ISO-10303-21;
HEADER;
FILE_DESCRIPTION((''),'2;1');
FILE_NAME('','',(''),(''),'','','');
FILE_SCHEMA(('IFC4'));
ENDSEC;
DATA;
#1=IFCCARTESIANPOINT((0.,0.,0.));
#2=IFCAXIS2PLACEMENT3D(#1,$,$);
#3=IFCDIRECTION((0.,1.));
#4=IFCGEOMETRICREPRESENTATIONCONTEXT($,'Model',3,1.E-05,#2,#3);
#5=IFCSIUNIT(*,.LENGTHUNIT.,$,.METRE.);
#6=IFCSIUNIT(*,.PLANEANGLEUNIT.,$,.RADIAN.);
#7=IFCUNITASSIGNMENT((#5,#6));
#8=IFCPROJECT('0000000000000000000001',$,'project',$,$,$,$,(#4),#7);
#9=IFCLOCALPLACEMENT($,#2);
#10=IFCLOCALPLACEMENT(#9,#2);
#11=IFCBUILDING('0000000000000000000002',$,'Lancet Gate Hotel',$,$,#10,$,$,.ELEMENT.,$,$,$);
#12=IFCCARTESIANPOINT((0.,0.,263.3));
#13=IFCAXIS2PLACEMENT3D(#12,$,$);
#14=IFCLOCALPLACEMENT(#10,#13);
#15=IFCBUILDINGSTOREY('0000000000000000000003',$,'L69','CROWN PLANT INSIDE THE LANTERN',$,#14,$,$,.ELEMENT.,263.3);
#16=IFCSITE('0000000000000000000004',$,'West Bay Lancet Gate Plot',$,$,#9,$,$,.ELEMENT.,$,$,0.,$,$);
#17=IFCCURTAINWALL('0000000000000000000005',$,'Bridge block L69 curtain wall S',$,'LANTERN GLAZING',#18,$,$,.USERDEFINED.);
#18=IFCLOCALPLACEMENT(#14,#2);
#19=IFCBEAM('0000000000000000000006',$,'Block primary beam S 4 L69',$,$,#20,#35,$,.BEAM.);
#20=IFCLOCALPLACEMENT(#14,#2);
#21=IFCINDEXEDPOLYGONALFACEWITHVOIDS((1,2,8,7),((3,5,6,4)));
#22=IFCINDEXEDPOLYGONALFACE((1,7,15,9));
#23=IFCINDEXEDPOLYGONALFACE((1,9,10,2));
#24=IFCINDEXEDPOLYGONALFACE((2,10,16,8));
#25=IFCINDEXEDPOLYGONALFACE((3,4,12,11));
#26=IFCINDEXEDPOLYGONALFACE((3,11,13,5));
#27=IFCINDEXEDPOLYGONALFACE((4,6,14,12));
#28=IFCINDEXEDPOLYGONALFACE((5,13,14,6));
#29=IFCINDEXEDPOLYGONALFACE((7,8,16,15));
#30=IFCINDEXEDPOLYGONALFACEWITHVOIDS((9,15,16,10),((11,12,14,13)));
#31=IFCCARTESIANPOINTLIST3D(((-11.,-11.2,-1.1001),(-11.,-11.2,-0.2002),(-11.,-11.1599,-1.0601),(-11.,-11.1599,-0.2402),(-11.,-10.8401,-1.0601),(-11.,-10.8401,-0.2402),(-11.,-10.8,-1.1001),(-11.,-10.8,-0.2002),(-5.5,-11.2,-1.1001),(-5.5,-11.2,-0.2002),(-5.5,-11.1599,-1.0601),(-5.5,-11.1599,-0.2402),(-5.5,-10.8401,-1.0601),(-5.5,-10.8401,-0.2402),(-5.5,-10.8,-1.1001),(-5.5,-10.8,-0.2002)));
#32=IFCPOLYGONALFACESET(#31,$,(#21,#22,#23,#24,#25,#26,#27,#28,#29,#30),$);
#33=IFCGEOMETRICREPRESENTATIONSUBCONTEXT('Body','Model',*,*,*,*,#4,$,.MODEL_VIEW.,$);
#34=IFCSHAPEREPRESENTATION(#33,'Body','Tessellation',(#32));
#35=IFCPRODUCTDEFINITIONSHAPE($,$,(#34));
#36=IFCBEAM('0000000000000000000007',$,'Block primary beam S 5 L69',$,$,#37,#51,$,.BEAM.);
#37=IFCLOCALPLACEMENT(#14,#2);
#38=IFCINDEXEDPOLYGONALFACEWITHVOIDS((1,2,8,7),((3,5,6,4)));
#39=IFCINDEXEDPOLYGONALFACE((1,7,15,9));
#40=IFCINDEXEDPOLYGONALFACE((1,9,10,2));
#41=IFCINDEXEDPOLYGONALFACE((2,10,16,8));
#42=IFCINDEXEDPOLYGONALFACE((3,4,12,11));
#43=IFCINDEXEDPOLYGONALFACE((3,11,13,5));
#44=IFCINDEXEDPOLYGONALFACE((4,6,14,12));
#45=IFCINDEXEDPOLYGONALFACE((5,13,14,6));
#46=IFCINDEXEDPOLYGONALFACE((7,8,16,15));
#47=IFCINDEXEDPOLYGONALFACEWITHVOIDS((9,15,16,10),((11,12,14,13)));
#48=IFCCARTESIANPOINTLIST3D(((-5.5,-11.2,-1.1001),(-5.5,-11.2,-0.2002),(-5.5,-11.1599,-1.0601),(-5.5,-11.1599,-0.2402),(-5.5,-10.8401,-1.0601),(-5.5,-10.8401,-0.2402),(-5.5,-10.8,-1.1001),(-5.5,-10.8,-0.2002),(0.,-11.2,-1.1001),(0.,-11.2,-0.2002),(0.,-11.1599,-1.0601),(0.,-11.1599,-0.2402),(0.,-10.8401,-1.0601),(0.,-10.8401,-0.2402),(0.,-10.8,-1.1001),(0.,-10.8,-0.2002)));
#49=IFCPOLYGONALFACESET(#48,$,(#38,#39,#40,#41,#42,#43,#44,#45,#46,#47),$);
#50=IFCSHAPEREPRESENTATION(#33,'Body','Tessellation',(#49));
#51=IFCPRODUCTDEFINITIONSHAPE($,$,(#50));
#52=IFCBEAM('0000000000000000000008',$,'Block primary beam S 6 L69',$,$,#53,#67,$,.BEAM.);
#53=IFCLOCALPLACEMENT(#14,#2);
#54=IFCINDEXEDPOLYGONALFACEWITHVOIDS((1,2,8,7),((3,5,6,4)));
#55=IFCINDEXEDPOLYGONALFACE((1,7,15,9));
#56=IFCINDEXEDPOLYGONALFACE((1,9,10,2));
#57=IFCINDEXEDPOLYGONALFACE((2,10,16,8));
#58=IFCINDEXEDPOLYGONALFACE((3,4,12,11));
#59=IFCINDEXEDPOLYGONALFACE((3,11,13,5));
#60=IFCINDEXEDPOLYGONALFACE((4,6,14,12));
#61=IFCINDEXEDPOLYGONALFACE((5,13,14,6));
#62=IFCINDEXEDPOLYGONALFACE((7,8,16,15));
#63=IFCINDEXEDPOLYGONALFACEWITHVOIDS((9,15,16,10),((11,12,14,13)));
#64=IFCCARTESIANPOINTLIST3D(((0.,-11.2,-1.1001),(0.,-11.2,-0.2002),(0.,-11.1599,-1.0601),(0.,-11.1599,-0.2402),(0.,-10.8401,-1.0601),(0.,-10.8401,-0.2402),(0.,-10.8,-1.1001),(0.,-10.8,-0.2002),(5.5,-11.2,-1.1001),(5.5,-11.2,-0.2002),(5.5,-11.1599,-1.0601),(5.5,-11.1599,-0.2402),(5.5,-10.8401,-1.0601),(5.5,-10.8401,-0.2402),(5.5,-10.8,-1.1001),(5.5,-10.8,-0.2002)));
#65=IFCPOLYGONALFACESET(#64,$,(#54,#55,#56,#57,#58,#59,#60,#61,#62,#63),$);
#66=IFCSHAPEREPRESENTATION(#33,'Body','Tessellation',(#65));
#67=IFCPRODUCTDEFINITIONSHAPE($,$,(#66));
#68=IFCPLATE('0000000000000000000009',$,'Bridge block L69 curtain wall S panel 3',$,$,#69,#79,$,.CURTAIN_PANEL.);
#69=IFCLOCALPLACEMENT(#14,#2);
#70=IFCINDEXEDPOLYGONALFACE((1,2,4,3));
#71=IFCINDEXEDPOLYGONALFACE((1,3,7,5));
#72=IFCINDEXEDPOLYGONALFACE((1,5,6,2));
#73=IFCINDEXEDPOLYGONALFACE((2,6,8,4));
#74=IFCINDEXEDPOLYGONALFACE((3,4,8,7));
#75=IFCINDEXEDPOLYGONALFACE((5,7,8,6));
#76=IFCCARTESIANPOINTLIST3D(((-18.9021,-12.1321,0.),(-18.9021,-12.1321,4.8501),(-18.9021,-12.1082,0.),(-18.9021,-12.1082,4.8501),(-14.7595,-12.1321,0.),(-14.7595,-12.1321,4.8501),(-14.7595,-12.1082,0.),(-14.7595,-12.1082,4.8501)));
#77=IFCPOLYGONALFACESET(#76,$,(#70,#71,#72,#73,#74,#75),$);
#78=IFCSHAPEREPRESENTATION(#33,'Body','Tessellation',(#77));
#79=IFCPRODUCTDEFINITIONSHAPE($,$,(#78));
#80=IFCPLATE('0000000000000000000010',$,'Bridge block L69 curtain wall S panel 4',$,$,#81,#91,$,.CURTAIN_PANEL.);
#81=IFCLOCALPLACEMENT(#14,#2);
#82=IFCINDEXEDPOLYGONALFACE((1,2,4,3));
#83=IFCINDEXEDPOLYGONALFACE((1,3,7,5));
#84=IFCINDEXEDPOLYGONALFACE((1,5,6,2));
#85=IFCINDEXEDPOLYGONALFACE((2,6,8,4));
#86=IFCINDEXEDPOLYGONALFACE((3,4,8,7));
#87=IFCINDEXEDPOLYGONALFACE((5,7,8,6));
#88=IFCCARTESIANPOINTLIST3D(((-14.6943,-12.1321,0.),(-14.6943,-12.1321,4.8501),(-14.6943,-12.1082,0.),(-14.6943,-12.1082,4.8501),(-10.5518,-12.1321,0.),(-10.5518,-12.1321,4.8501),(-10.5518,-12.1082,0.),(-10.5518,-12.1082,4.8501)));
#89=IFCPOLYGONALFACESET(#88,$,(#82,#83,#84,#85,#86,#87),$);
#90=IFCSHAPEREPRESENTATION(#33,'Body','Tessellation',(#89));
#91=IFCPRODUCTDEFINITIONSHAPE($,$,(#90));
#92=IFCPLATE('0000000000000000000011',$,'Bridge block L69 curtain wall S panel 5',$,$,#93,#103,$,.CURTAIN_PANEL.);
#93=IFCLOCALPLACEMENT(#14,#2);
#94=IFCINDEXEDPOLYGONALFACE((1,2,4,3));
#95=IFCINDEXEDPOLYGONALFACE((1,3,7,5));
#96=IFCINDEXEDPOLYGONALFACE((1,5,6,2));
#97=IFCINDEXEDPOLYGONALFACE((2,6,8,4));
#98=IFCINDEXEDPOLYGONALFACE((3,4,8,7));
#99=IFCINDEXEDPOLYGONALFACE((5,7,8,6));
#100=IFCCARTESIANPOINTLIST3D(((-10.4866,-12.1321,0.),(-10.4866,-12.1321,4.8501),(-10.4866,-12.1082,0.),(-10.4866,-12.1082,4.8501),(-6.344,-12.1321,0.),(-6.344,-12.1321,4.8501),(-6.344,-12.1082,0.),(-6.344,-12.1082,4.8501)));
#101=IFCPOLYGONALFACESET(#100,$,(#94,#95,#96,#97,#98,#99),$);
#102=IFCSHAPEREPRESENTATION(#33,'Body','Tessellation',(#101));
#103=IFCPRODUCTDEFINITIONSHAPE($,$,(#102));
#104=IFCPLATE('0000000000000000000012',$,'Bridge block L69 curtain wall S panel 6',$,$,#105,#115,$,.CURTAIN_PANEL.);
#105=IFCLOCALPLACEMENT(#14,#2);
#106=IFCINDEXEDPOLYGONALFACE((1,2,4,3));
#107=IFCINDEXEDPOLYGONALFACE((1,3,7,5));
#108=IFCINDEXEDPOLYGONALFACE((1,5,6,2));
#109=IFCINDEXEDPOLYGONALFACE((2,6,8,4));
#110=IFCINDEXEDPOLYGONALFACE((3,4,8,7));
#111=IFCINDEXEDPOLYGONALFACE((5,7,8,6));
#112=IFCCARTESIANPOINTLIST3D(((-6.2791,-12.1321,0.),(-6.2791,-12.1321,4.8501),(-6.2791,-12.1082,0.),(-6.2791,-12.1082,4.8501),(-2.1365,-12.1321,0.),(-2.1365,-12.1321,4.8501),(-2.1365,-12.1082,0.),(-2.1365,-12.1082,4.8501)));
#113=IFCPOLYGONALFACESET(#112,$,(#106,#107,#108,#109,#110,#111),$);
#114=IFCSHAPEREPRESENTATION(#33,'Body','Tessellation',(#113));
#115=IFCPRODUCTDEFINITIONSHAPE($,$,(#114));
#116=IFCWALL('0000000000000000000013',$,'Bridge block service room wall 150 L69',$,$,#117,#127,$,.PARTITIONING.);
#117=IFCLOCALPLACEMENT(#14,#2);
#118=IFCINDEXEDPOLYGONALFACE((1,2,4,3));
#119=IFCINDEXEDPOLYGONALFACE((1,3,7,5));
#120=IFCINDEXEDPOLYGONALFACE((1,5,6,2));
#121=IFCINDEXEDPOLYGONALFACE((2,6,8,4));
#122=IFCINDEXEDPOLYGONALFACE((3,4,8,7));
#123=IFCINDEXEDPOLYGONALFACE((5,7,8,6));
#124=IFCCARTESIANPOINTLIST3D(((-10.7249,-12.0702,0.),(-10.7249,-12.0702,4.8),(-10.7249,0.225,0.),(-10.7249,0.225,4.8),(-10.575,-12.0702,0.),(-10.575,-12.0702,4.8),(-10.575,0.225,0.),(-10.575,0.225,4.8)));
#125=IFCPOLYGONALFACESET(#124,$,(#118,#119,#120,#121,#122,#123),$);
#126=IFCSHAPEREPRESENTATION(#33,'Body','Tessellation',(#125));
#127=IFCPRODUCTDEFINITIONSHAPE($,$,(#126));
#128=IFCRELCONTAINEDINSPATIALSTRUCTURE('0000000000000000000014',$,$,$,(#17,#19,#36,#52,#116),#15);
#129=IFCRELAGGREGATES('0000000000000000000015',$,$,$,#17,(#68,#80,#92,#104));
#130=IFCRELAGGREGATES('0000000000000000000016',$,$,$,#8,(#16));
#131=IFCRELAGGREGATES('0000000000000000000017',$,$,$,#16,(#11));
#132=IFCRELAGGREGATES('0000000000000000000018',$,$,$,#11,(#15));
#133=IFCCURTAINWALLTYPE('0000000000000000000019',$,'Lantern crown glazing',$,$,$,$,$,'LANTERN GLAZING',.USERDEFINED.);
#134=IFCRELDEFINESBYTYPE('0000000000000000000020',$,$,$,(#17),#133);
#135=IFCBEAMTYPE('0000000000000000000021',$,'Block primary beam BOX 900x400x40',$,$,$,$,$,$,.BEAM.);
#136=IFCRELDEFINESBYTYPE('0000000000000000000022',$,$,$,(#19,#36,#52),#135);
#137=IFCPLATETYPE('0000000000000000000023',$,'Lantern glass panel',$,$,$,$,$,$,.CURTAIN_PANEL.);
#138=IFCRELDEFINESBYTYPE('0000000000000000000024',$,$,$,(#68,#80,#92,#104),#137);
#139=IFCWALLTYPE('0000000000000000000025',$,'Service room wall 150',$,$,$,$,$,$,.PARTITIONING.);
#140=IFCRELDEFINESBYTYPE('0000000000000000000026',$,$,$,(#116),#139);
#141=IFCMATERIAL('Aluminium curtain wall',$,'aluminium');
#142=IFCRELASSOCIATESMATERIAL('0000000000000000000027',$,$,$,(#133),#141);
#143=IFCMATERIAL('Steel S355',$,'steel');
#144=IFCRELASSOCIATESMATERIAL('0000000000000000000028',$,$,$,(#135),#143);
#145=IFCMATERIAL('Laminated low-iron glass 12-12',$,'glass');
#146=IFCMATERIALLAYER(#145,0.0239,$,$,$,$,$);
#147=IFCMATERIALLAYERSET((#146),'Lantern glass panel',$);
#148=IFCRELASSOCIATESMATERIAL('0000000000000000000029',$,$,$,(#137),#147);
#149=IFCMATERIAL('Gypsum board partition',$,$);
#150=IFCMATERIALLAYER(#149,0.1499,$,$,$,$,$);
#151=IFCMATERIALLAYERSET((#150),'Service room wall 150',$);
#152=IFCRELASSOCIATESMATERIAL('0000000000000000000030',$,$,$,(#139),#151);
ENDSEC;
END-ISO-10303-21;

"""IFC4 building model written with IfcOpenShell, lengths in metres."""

from ifc_helpers import new_model, si_unit, direction, frame, frame_2d, origin, origin_2d, place, context, subcontext, project, spatial, rectangle, hollow_rectangle, extrude, material, layer, layer_set, material_profile, profile_set, type_object, element, aggregate, save


model = new_model("IFC4")

# Units and contexts
model_context = context("Model", 3, precision=1e-05, world=origin(), true_north=direction((0.0, 1.0)))
body_context = subcontext(model_context, "Body", "Model", "MODEL_VIEW")
ifc_project = project(units=[si_unit("LENGTHUNIT", "METRE"), si_unit("PLANEANGLEUNIT", "RADIAN")], contexts=[model_context])

# Site, building, storey
site_placement = place(None, origin())
site = spatial("IfcSite", under=ifc_project, at=site_placement, Name="West Bay Lancet Gate Plot", CompositionType="ELEMENT", RefElevation=0.0)
building_placement = place(site_placement, origin())
building = spatial("IfcBuilding", under=site, at=building_placement, Name="Lancet Gate Hotel", CompositionType="ELEMENT")
storey_placement = place(building_placement, frame((0.0, 0.0, 263.3)))
storey = spatial("IfcBuildingStorey", under=building, at=storey_placement, Name="L69", Description="CROWN PLANT INSIDE THE LANTERN", CompositionType="ELEMENT", Elevation=263.3)

# Curtain wall
ifc_material_1 = material(Name="Aluminium curtain wall", Category="aluminium")
curtain_wall_type = type_object("IfcCurtainWallType", Name="Lantern crown glazing", ElementType="LANTERN GLAZING", PredefinedType="USERDEFINED", material=ifc_material_1)
curtain_wall_placement = place(storey_placement, origin())
curtain_wall = element("IfcCurtainWall", 1, at=curtain_wall_placement, inside=storey, type_object=curtain_wall_type, Name="Bridge block L69 curtain wall S", ObjectType="LANTERN GLAZING", PredefinedType="USERDEFINED")

# Beams
ifc_material_2 = material(Name="Steel S355", Category="steel")
ifc_material_profile_1 = material_profile(ifc_material_2, hollow_rectangle(XDim=0.3999, YDim=0.8999, WallThickness=0.04, at=origin_2d()), Name="BOX 900x400x40")
ifc_profile_set_1 = profile_set([ifc_material_profile_1], Name="Steel S355")
beam_type_1 = type_object("IfcBeamType", Name="Block primary beam BOX 900x400x40", PredefinedType="BEAM", material=ifc_profile_set_1)
for number, where, z_axis, x_axis, name in (
    (2, (-11.0, -11.0, -0.6501), (1.0, 0.0, 0.0), (0.0, 1.0, 0.0), "Block primary beam S 4 L69"),
    (3, (-5.5, -11.0, -0.6501), (1.0, 0.0, 0.0), (0.0, 1.0, 0.0), "Block primary beam S 5 L69"),
    (4, (0.0, -11.0, -0.6501), (1.0, 0.0, 0.0), (0.0, 1.0, 0.0), "Block primary beam S 6 L69"),
):
    element("IfcBeam", number, at=place(storey_placement, frame(where, z_axis=z_axis, x_axis=x_axis)), inside=storey, type_object=beam_type_1, Name=name, PredefinedType="BEAM", context=body_context, shape_type="SweptSolid", body=[
        extrude(hollow_rectangle(XDim=0.3999, YDim=0.8999, WallThickness=0.04, at=origin_2d()), origin(), (0.0, 0.0, 1.0), 5.5),
    ])

# Plates
ifc_material_3 = material(Name="Laminated low-iron glass 12-12", Category="glass")
ifc_layer_1 = layer(ifc_material_3, 0.0239)
ifc_layer_set_1 = layer_set([ifc_layer_1], Name="Lantern glass panel")
plate_type = type_object("IfcPlateType", Name="Lantern glass panel", PredefinedType="CURTAIN_PANEL", material=ifc_layer_set_1)
plate_1_placement = place(storey_placement, frame((-16.8308, -12.1201, 0.0), z_axis=(0.0, 0.0, 1.0), x_axis=(1.0, 0.0, 0.0)))
plate_1 = element("IfcPlate", 5, at=plate_1_placement, type_object=plate_type, Name="Bridge block L69 curtain wall S panel 3", PredefinedType="CURTAIN_PANEL", context=body_context, shape_type="SweptSolid", body=[
    extrude(rectangle(XDim=4.1426, YDim=0.0239, at=origin_2d()), origin(), (0.0, 0.0, 1.0), 4.8501),
])
plate_2_placement = place(storey_placement, frame((-12.623, -12.1201, 0.0), z_axis=(0.0, 0.0, 1.0), x_axis=(1.0, 0.0, 0.0)))
plate_2 = element("IfcPlate", 6, at=plate_2_placement, type_object=plate_type, Name="Bridge block L69 curtain wall S panel 4", PredefinedType="CURTAIN_PANEL", context=body_context, shape_type="SweptSolid", body=[
    extrude(rectangle(XDim=4.1426, YDim=0.0239, at=origin_2d()), origin(), (0.0, 0.0, 1.0), 4.8501),
])
plate_3_placement = place(storey_placement, frame((-8.4153, -12.1201, 0.0), z_axis=(0.0, 0.0, 1.0), x_axis=(1.0, 0.0, 0.0)))
plate_3 = element("IfcPlate", 7, at=plate_3_placement, type_object=plate_type, Name="Bridge block L69 curtain wall S panel 5", PredefinedType="CURTAIN_PANEL", context=body_context, shape_type="SweptSolid", body=[
    extrude(rectangle(XDim=4.1426, YDim=0.0239, at=origin_2d()), origin(), (0.0, 0.0, 1.0), 4.8501),
])
plate_4_placement = place(storey_placement, frame((-4.2078, -12.1201, 0.0), z_axis=(0.0, 0.0, 1.0), x_axis=(1.0, 0.0, 0.0)))
plate_4 = element("IfcPlate", 8, at=plate_4_placement, type_object=plate_type, Name="Bridge block L69 curtain wall S panel 6", PredefinedType="CURTAIN_PANEL", context=body_context, shape_type="SweptSolid", body=[
    extrude(rectangle(XDim=4.1426, YDim=0.0239, at=origin_2d()), origin(), (0.0, 0.0, 1.0), 4.8501),
])
aggregate(curtain_wall, [plate_1, plate_2, plate_3, plate_4])

# Wall
ifc_material_4 = material(Name="Gypsum board partition")
ifc_layer_2 = layer(ifc_material_4, 0.1499)
ifc_layer_set_2 = layer_set([ifc_layer_2], Name="Service room wall 150")
wall_type = type_object("IfcWallType", Name="Service room wall 150", PredefinedType="PARTITIONING", material=ifc_layer_set_2)
wall_placement = place(storey_placement, frame((-10.6499, -12.0701, 0.0), z_axis=(0.0, 0.0, 1.0), x_axis=(0.0, 1.0, 0.0)))
element("IfcWall", 9, at=wall_placement, inside=storey, type_object=wall_type, Name="Bridge block service room wall 150 L69", PredefinedType="PARTITIONING", context=body_context, shape_type="SweptSolid", body=[
    extrude(rectangle(XDim=12.2952, YDim=0.1499, at=frame_2d((6.1475, 0.0))), origin(), (0.0, 0.0, 1.0), 4.8),
])

save(model, "model.ifc")
